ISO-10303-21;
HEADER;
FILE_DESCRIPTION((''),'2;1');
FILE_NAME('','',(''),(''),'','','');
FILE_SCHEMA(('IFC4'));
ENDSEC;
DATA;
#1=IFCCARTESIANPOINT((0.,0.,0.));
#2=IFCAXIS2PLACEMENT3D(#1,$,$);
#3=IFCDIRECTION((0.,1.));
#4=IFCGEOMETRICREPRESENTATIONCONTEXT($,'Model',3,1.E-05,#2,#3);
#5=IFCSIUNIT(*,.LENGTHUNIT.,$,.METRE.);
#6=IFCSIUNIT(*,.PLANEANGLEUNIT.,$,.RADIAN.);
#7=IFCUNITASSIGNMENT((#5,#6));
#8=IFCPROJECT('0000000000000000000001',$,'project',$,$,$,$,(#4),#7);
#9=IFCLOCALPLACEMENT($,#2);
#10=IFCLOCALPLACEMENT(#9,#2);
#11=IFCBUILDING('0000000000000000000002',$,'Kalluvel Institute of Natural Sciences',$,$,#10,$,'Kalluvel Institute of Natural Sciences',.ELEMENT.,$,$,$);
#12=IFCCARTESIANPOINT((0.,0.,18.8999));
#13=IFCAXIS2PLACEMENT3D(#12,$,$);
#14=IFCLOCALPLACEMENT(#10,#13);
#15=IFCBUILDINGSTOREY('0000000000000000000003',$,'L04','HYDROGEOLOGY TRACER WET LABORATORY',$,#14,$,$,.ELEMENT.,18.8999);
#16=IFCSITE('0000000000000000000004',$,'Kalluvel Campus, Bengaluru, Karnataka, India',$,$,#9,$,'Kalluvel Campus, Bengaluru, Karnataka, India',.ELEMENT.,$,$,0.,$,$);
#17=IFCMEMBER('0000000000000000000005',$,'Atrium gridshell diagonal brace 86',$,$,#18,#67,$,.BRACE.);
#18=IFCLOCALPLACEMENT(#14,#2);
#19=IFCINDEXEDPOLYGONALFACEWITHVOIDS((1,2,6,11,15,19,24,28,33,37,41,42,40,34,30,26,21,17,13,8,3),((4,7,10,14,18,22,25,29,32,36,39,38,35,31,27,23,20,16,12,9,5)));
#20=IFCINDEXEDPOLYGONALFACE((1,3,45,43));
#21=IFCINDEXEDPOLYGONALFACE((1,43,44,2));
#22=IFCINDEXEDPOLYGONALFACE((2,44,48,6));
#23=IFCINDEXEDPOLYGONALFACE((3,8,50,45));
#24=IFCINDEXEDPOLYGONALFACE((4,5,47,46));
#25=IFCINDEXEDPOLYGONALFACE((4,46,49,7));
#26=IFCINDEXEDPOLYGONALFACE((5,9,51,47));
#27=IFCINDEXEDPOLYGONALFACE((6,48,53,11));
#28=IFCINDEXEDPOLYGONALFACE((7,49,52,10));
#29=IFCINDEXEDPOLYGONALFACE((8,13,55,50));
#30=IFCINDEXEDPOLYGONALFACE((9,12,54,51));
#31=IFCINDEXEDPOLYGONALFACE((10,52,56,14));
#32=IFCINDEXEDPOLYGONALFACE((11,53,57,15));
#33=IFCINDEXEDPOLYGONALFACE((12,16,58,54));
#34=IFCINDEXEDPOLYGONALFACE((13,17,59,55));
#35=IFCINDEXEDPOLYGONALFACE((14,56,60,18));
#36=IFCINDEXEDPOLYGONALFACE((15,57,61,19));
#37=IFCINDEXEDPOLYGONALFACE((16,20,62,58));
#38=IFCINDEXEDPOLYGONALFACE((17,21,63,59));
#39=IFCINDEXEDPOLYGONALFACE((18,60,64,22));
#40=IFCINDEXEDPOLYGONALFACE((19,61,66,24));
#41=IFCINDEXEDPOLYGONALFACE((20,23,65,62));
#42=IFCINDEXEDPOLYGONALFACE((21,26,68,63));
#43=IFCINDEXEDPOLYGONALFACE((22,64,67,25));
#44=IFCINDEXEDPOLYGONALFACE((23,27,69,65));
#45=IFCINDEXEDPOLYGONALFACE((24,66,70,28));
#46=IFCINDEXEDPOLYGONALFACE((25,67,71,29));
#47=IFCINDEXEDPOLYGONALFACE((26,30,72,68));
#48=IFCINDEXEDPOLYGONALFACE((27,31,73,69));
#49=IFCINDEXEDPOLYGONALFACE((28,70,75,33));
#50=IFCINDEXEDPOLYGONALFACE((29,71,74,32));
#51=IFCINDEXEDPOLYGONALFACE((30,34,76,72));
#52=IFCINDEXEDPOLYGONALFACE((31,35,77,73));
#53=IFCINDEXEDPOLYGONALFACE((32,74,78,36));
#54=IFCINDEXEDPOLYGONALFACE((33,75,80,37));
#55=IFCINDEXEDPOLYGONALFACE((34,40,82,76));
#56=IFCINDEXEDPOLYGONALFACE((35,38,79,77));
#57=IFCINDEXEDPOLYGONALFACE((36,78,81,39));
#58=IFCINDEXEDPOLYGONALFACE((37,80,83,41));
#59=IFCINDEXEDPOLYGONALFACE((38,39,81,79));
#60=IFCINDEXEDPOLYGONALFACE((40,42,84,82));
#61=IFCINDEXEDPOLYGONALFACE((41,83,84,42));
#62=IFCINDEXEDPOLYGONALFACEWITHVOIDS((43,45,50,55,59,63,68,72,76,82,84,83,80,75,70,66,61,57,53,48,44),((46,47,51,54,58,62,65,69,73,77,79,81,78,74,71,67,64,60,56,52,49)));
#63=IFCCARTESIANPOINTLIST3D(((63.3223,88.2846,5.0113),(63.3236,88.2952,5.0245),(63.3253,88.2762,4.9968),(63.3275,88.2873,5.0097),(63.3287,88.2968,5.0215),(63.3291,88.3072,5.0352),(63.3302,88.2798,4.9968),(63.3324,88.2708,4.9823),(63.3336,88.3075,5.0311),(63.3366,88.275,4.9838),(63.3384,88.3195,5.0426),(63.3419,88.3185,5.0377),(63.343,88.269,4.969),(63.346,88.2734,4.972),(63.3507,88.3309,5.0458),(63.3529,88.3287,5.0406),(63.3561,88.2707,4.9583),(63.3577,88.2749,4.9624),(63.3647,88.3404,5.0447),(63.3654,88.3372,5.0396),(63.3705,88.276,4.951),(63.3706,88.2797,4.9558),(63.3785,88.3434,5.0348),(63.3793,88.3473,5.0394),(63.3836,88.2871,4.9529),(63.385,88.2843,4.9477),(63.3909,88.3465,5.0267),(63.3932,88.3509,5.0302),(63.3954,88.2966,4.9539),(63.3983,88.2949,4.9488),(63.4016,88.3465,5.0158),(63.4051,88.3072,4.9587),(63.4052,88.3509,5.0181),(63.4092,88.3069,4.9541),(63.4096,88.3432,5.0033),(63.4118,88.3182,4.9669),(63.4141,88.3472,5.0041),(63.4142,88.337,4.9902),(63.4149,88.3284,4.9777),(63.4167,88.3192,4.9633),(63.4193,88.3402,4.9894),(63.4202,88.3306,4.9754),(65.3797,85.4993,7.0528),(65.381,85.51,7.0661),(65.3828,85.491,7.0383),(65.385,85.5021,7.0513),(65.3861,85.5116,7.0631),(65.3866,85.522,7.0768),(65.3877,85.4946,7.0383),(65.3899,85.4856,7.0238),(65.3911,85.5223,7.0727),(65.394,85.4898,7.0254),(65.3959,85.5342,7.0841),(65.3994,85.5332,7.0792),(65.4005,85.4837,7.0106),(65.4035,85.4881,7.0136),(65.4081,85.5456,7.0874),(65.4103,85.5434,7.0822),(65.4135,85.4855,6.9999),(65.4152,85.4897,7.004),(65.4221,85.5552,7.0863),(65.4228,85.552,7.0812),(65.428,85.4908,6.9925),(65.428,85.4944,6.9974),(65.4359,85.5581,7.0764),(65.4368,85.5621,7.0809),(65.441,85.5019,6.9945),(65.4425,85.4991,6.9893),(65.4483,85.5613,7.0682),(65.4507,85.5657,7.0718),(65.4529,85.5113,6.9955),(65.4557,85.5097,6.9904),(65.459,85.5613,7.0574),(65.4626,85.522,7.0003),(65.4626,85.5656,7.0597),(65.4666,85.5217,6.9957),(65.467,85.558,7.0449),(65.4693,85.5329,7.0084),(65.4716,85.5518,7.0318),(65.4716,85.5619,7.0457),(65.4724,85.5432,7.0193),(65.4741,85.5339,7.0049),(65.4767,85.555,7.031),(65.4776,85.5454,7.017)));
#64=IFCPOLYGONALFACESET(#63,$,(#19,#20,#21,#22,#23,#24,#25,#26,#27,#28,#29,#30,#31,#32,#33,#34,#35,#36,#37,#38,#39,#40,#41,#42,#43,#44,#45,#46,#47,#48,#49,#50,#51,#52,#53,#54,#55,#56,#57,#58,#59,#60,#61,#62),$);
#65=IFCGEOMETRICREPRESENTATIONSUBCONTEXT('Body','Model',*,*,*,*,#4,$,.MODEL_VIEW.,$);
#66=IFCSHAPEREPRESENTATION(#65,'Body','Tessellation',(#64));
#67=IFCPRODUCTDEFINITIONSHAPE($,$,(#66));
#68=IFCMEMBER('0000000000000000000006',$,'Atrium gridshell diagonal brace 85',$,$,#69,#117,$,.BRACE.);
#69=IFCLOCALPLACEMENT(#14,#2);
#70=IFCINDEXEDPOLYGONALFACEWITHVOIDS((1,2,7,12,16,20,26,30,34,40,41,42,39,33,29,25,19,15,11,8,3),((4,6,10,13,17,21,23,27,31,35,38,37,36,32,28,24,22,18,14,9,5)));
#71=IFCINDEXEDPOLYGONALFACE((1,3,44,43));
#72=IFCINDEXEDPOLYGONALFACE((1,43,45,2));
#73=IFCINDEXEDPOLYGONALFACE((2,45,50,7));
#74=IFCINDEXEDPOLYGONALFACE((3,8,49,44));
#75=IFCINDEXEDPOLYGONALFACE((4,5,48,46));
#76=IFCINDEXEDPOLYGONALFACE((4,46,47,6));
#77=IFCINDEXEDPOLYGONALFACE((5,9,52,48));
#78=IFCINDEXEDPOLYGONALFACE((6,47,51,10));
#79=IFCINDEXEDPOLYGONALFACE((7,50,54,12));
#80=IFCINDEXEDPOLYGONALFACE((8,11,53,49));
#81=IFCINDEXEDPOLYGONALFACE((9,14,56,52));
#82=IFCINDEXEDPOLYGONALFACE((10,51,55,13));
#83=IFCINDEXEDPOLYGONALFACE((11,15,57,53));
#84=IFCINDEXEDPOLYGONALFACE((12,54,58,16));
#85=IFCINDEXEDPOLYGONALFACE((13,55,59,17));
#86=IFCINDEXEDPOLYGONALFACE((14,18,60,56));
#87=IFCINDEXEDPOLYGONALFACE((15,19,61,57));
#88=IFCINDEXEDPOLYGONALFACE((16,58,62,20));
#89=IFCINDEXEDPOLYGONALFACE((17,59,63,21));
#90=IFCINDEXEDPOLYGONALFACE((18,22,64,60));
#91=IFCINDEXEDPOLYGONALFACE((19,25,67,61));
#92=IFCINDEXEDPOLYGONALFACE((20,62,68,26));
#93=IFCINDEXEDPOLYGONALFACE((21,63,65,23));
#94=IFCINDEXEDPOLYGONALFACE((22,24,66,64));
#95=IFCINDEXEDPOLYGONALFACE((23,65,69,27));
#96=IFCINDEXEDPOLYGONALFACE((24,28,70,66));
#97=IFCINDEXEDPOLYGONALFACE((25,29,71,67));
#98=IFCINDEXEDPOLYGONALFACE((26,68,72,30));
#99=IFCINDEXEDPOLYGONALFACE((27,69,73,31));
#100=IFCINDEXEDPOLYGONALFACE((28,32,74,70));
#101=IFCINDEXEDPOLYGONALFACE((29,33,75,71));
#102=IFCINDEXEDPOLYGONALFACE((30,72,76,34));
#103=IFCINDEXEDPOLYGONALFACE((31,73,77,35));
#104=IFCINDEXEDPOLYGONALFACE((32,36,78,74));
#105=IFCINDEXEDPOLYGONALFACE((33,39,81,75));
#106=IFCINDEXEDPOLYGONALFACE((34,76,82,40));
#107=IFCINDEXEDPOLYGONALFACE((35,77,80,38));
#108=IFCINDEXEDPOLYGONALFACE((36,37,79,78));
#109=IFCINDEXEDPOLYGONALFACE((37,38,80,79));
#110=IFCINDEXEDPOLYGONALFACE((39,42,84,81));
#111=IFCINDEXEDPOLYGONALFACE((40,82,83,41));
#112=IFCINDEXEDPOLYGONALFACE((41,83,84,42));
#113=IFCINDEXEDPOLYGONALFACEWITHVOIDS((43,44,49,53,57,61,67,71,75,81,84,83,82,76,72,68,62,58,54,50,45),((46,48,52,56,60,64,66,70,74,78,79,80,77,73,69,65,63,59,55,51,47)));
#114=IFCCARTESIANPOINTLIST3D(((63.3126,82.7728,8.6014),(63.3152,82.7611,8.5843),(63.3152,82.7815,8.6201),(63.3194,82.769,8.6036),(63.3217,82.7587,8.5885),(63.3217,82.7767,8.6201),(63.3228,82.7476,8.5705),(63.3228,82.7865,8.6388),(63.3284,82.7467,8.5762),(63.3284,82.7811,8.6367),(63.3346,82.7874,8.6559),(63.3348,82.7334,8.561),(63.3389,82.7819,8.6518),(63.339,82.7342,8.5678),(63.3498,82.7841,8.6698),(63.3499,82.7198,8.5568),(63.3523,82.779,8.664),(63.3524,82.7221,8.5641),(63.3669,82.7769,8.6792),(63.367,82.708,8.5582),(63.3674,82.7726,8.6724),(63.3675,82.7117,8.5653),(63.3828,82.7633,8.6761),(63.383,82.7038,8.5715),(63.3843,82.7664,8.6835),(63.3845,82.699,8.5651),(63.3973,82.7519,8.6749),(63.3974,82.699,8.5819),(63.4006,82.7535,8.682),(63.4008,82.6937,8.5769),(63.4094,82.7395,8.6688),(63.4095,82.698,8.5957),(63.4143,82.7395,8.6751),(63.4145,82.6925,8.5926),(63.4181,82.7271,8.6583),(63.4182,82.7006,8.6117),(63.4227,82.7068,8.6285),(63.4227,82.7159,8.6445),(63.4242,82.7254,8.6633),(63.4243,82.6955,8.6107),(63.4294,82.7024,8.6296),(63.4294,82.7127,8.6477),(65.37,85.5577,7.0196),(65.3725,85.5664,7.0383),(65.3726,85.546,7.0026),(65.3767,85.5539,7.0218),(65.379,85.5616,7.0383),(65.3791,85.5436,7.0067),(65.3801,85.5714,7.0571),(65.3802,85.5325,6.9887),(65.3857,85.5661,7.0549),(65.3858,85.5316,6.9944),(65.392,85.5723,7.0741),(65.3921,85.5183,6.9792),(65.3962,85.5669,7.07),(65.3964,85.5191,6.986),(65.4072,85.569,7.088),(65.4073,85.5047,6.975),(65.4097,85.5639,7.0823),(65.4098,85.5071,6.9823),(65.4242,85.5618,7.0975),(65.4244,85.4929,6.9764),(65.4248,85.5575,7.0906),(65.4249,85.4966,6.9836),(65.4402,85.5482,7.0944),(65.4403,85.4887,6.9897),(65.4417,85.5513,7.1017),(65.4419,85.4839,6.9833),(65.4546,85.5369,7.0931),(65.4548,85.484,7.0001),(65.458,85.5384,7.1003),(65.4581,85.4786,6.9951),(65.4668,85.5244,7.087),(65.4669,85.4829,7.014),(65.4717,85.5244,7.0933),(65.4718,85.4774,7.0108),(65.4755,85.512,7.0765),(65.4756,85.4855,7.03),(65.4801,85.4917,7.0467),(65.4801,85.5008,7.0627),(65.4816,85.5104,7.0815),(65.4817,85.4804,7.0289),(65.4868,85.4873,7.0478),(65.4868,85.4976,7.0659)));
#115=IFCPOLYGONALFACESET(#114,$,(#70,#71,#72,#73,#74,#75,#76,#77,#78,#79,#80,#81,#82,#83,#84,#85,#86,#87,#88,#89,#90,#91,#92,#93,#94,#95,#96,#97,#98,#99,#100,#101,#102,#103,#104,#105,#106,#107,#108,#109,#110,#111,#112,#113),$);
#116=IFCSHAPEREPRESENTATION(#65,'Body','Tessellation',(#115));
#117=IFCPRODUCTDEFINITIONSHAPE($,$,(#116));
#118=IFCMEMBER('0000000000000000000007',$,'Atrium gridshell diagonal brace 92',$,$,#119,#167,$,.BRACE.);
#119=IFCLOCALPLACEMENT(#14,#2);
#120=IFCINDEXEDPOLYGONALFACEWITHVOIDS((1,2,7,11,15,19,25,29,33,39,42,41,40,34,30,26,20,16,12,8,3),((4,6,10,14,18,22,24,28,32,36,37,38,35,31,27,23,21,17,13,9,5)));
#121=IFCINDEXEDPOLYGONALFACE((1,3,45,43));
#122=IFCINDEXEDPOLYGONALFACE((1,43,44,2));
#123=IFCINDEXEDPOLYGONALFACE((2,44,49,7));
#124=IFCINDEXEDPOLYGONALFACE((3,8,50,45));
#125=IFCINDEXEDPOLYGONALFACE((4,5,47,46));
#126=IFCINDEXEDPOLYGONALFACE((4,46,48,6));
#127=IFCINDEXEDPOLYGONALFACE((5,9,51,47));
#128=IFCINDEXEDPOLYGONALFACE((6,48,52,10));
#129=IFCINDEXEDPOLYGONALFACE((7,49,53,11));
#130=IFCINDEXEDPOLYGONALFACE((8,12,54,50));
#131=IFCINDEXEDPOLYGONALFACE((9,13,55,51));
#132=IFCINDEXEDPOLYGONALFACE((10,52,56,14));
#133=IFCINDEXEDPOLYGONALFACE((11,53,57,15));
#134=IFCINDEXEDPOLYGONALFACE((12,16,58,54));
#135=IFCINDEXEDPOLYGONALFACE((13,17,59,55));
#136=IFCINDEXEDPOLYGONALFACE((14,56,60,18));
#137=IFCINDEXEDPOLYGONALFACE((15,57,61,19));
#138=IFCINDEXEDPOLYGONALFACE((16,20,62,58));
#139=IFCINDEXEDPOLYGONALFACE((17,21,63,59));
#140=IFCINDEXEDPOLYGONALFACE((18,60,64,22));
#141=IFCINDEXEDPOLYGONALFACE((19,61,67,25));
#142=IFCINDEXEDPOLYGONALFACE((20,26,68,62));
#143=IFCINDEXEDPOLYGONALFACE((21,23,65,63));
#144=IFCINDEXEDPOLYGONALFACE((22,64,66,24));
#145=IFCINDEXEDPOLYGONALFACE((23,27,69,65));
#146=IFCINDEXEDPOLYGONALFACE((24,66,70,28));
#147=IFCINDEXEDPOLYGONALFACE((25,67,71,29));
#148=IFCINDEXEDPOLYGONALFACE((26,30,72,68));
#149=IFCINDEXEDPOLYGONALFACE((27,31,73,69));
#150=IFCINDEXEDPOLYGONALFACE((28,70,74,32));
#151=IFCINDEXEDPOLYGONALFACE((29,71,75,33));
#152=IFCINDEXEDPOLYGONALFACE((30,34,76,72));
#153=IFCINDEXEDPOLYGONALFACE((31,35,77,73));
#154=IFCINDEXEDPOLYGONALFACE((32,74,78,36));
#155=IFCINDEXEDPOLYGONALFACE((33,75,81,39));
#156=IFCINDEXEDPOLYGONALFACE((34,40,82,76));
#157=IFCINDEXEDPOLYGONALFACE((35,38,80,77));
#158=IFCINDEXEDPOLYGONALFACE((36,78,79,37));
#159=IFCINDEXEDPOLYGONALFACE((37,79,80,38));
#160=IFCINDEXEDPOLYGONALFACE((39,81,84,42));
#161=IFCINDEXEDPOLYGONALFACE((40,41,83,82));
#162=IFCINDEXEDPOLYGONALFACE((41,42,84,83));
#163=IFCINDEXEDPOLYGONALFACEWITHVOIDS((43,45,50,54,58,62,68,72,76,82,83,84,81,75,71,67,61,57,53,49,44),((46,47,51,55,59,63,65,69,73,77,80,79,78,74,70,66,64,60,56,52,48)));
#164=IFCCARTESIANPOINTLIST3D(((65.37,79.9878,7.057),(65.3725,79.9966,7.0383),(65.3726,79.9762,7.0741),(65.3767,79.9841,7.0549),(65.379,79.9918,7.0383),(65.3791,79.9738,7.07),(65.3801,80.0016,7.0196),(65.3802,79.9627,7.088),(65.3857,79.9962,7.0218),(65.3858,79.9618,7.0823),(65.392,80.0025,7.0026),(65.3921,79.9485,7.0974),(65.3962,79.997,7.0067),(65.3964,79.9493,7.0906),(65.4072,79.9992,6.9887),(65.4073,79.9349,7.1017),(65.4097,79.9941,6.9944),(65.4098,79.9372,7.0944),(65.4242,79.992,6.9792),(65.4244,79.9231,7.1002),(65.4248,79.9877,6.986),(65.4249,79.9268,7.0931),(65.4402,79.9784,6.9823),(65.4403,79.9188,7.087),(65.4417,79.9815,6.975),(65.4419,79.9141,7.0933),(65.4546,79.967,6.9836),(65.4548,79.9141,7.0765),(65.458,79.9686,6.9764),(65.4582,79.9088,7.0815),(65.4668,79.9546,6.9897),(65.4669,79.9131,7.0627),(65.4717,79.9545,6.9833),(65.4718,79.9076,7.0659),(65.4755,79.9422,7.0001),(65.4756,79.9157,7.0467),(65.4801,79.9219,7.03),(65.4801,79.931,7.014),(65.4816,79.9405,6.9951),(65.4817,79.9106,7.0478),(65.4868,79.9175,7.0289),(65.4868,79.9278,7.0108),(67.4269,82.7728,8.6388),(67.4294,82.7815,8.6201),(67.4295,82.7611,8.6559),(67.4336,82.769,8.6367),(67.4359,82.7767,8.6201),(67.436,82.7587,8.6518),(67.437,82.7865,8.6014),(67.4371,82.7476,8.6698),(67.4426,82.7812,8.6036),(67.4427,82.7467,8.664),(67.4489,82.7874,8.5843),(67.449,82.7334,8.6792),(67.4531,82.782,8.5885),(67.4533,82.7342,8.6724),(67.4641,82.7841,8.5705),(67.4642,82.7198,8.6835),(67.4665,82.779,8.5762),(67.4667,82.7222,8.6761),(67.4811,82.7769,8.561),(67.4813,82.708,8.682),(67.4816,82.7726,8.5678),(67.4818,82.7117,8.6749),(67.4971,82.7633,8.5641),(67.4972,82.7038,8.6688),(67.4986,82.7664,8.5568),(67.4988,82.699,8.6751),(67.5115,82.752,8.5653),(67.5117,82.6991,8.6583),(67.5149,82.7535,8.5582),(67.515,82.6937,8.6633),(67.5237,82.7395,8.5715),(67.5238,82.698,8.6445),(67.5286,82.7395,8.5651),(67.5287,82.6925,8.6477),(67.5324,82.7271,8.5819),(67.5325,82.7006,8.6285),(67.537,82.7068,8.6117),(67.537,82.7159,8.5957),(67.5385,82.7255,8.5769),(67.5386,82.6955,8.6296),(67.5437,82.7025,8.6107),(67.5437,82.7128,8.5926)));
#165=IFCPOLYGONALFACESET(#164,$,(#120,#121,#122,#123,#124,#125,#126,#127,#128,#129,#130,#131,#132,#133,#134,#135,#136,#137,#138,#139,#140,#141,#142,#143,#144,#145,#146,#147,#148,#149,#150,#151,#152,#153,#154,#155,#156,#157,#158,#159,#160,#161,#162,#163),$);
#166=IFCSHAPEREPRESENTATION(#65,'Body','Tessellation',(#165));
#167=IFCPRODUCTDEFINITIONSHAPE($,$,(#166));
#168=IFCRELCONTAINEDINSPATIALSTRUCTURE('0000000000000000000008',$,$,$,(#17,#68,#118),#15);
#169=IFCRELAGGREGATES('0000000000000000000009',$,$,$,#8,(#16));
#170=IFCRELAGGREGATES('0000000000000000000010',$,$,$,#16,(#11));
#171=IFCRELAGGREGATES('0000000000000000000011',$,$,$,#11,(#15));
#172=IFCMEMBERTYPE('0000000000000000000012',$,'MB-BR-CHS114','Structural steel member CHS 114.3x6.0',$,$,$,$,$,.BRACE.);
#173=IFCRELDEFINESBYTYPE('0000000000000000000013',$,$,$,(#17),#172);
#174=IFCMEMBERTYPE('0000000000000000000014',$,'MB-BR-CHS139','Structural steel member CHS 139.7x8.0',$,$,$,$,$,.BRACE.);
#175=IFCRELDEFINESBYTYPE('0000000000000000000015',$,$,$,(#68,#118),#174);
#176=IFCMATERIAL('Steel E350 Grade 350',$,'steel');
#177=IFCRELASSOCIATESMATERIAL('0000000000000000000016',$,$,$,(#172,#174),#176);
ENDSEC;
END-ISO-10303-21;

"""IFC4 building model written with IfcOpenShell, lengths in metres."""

from ifc_helpers import new_model, si_unit, direction, frame, origin, origin_2d, place, context, subcontext, project, spatial, hollow_circle, extrude, material, material_profile, profile_set, type_object, element, save


model = new_model("IFC4")

# Units and contexts
model_context = context("Model", 3, precision=1e-05, world=origin(), true_north=direction((0.0, 1.0)))
body_context = subcontext(model_context, "Body", "Model", "MODEL_VIEW")
ifc_project = project(units=[si_unit("LENGTHUNIT", "METRE"), si_unit("PLANEANGLEUNIT", "RADIAN")], contexts=[model_context])

# Site, building, storey
site_placement = place(None, origin())
site = spatial("IfcSite", under=ifc_project, at=site_placement, Name="Kalluvel Campus, Bengaluru, Karnataka, India", LongName="Kalluvel Campus, Bengaluru, Karnataka, India", CompositionType="ELEMENT", RefElevation=0.0)
building_placement = place(site_placement, origin())
building = spatial("IfcBuilding", under=site, at=building_placement, Name="Kalluvel Institute of Natural Sciences", LongName="Kalluvel Institute of Natural Sciences", CompositionType="ELEMENT")
storey_placement = place(building_placement, frame((0.0, 0.0, 18.8999)))
storey = spatial("IfcBuildingStorey", under=building, at=storey_placement, Name="L04", Description="HYDROGEOLOGY TRACER WET LABORATORY", CompositionType="ELEMENT", Elevation=18.8999)

# Members
ifc_material_1 = material(Name="Steel E350 Grade 350", Category="steel")
ifc_material_profile_1 = material_profile(ifc_material_1, hollow_circle(Radius=0.0571, WallThickness=0.0061, at=origin_2d()), Name="CHS 114.3x6.0")
ifc_profile_set_1 = profile_set([ifc_material_profile_1], Name="Steel E350 Grade 350")
member_type_1 = type_object("IfcMemberType", Name="MB-BR-CHS114", Description="Structural steel member CHS 114.3x6.0", PredefinedType="BRACE", material=ifc_profile_set_1)
member_1_placement = place(storey_placement, frame((65.4287, 85.5249, 7.0383), z_axis=(-0.511828, 0.692885, -0.507881), x_axis=(-0.804345, -0.594163, 0.0)))
element("IfcMember", 1, at=member_1_placement, inside=storey, type_object=member_type_1, Name="Atrium gridshell diagonal brace 86", PredefinedType="BRACE", context=body_context, shape_type="SweptSolid", body=[
    extrude(hollow_circle(Radius=0.0571, WallThickness=0.0061, at=origin_2d()), origin(), (0.0, 0.0, 1.0), 4.0198),
])
ifc_material_profile_2 = material_profile(ifc_material_1, hollow_circle(Radius=0.0698, WallThickness=0.0081, at=origin_2d()), Name="CHS 139.7x8.0")
ifc_profile_set_2 = profile_set([ifc_material_profile_2], Name="Steel E350 Grade 350")
member_type_2 = type_object("IfcMemberType", Name="MB-BR-CHS139", Description="Structural steel member CHS 139.7x8.0", PredefinedType="BRACE", material=ifc_profile_set_2)
member_2_placement = place(storey_placement, frame((63.3713, 82.74, 8.6201), z_axis=(0.540468, 0.731592, -0.415533), x_axis=(-0.80432, 0.594197, 0.0)))
element("IfcMember", 2, at=member_2_placement, inside=storey, type_object=member_type_2, Name="Atrium gridshell diagonal brace 85", PredefinedType="BRACE", context=body_context, shape_type="SweptSolid", body=[
    extrude(hollow_circle(Radius=0.0698, WallThickness=0.0081, at=origin_2d()), origin(), (0.0, 0.0, 1.0), 3.8066),
])
member_3_placement = place(storey_placement, frame((65.4287, 79.9551, 7.0383), z_axis=(0.540378, 0.731642, 0.415562), x_axis=(-0.804387, 0.594106, 0.0)))
element("IfcMember", 3, at=member_3_placement, inside=storey, type_object=member_type_2, Name="Atrium gridshell diagonal brace 92", PredefinedType="BRACE", context=body_context, shape_type="SweptSolid", body=[
    extrude(hollow_circle(Radius=0.0698, WallThickness=0.0081, at=origin_2d()), origin(), (0.0, 0.0, 1.0), 3.8064),
])

save(model, "model.ifc")
